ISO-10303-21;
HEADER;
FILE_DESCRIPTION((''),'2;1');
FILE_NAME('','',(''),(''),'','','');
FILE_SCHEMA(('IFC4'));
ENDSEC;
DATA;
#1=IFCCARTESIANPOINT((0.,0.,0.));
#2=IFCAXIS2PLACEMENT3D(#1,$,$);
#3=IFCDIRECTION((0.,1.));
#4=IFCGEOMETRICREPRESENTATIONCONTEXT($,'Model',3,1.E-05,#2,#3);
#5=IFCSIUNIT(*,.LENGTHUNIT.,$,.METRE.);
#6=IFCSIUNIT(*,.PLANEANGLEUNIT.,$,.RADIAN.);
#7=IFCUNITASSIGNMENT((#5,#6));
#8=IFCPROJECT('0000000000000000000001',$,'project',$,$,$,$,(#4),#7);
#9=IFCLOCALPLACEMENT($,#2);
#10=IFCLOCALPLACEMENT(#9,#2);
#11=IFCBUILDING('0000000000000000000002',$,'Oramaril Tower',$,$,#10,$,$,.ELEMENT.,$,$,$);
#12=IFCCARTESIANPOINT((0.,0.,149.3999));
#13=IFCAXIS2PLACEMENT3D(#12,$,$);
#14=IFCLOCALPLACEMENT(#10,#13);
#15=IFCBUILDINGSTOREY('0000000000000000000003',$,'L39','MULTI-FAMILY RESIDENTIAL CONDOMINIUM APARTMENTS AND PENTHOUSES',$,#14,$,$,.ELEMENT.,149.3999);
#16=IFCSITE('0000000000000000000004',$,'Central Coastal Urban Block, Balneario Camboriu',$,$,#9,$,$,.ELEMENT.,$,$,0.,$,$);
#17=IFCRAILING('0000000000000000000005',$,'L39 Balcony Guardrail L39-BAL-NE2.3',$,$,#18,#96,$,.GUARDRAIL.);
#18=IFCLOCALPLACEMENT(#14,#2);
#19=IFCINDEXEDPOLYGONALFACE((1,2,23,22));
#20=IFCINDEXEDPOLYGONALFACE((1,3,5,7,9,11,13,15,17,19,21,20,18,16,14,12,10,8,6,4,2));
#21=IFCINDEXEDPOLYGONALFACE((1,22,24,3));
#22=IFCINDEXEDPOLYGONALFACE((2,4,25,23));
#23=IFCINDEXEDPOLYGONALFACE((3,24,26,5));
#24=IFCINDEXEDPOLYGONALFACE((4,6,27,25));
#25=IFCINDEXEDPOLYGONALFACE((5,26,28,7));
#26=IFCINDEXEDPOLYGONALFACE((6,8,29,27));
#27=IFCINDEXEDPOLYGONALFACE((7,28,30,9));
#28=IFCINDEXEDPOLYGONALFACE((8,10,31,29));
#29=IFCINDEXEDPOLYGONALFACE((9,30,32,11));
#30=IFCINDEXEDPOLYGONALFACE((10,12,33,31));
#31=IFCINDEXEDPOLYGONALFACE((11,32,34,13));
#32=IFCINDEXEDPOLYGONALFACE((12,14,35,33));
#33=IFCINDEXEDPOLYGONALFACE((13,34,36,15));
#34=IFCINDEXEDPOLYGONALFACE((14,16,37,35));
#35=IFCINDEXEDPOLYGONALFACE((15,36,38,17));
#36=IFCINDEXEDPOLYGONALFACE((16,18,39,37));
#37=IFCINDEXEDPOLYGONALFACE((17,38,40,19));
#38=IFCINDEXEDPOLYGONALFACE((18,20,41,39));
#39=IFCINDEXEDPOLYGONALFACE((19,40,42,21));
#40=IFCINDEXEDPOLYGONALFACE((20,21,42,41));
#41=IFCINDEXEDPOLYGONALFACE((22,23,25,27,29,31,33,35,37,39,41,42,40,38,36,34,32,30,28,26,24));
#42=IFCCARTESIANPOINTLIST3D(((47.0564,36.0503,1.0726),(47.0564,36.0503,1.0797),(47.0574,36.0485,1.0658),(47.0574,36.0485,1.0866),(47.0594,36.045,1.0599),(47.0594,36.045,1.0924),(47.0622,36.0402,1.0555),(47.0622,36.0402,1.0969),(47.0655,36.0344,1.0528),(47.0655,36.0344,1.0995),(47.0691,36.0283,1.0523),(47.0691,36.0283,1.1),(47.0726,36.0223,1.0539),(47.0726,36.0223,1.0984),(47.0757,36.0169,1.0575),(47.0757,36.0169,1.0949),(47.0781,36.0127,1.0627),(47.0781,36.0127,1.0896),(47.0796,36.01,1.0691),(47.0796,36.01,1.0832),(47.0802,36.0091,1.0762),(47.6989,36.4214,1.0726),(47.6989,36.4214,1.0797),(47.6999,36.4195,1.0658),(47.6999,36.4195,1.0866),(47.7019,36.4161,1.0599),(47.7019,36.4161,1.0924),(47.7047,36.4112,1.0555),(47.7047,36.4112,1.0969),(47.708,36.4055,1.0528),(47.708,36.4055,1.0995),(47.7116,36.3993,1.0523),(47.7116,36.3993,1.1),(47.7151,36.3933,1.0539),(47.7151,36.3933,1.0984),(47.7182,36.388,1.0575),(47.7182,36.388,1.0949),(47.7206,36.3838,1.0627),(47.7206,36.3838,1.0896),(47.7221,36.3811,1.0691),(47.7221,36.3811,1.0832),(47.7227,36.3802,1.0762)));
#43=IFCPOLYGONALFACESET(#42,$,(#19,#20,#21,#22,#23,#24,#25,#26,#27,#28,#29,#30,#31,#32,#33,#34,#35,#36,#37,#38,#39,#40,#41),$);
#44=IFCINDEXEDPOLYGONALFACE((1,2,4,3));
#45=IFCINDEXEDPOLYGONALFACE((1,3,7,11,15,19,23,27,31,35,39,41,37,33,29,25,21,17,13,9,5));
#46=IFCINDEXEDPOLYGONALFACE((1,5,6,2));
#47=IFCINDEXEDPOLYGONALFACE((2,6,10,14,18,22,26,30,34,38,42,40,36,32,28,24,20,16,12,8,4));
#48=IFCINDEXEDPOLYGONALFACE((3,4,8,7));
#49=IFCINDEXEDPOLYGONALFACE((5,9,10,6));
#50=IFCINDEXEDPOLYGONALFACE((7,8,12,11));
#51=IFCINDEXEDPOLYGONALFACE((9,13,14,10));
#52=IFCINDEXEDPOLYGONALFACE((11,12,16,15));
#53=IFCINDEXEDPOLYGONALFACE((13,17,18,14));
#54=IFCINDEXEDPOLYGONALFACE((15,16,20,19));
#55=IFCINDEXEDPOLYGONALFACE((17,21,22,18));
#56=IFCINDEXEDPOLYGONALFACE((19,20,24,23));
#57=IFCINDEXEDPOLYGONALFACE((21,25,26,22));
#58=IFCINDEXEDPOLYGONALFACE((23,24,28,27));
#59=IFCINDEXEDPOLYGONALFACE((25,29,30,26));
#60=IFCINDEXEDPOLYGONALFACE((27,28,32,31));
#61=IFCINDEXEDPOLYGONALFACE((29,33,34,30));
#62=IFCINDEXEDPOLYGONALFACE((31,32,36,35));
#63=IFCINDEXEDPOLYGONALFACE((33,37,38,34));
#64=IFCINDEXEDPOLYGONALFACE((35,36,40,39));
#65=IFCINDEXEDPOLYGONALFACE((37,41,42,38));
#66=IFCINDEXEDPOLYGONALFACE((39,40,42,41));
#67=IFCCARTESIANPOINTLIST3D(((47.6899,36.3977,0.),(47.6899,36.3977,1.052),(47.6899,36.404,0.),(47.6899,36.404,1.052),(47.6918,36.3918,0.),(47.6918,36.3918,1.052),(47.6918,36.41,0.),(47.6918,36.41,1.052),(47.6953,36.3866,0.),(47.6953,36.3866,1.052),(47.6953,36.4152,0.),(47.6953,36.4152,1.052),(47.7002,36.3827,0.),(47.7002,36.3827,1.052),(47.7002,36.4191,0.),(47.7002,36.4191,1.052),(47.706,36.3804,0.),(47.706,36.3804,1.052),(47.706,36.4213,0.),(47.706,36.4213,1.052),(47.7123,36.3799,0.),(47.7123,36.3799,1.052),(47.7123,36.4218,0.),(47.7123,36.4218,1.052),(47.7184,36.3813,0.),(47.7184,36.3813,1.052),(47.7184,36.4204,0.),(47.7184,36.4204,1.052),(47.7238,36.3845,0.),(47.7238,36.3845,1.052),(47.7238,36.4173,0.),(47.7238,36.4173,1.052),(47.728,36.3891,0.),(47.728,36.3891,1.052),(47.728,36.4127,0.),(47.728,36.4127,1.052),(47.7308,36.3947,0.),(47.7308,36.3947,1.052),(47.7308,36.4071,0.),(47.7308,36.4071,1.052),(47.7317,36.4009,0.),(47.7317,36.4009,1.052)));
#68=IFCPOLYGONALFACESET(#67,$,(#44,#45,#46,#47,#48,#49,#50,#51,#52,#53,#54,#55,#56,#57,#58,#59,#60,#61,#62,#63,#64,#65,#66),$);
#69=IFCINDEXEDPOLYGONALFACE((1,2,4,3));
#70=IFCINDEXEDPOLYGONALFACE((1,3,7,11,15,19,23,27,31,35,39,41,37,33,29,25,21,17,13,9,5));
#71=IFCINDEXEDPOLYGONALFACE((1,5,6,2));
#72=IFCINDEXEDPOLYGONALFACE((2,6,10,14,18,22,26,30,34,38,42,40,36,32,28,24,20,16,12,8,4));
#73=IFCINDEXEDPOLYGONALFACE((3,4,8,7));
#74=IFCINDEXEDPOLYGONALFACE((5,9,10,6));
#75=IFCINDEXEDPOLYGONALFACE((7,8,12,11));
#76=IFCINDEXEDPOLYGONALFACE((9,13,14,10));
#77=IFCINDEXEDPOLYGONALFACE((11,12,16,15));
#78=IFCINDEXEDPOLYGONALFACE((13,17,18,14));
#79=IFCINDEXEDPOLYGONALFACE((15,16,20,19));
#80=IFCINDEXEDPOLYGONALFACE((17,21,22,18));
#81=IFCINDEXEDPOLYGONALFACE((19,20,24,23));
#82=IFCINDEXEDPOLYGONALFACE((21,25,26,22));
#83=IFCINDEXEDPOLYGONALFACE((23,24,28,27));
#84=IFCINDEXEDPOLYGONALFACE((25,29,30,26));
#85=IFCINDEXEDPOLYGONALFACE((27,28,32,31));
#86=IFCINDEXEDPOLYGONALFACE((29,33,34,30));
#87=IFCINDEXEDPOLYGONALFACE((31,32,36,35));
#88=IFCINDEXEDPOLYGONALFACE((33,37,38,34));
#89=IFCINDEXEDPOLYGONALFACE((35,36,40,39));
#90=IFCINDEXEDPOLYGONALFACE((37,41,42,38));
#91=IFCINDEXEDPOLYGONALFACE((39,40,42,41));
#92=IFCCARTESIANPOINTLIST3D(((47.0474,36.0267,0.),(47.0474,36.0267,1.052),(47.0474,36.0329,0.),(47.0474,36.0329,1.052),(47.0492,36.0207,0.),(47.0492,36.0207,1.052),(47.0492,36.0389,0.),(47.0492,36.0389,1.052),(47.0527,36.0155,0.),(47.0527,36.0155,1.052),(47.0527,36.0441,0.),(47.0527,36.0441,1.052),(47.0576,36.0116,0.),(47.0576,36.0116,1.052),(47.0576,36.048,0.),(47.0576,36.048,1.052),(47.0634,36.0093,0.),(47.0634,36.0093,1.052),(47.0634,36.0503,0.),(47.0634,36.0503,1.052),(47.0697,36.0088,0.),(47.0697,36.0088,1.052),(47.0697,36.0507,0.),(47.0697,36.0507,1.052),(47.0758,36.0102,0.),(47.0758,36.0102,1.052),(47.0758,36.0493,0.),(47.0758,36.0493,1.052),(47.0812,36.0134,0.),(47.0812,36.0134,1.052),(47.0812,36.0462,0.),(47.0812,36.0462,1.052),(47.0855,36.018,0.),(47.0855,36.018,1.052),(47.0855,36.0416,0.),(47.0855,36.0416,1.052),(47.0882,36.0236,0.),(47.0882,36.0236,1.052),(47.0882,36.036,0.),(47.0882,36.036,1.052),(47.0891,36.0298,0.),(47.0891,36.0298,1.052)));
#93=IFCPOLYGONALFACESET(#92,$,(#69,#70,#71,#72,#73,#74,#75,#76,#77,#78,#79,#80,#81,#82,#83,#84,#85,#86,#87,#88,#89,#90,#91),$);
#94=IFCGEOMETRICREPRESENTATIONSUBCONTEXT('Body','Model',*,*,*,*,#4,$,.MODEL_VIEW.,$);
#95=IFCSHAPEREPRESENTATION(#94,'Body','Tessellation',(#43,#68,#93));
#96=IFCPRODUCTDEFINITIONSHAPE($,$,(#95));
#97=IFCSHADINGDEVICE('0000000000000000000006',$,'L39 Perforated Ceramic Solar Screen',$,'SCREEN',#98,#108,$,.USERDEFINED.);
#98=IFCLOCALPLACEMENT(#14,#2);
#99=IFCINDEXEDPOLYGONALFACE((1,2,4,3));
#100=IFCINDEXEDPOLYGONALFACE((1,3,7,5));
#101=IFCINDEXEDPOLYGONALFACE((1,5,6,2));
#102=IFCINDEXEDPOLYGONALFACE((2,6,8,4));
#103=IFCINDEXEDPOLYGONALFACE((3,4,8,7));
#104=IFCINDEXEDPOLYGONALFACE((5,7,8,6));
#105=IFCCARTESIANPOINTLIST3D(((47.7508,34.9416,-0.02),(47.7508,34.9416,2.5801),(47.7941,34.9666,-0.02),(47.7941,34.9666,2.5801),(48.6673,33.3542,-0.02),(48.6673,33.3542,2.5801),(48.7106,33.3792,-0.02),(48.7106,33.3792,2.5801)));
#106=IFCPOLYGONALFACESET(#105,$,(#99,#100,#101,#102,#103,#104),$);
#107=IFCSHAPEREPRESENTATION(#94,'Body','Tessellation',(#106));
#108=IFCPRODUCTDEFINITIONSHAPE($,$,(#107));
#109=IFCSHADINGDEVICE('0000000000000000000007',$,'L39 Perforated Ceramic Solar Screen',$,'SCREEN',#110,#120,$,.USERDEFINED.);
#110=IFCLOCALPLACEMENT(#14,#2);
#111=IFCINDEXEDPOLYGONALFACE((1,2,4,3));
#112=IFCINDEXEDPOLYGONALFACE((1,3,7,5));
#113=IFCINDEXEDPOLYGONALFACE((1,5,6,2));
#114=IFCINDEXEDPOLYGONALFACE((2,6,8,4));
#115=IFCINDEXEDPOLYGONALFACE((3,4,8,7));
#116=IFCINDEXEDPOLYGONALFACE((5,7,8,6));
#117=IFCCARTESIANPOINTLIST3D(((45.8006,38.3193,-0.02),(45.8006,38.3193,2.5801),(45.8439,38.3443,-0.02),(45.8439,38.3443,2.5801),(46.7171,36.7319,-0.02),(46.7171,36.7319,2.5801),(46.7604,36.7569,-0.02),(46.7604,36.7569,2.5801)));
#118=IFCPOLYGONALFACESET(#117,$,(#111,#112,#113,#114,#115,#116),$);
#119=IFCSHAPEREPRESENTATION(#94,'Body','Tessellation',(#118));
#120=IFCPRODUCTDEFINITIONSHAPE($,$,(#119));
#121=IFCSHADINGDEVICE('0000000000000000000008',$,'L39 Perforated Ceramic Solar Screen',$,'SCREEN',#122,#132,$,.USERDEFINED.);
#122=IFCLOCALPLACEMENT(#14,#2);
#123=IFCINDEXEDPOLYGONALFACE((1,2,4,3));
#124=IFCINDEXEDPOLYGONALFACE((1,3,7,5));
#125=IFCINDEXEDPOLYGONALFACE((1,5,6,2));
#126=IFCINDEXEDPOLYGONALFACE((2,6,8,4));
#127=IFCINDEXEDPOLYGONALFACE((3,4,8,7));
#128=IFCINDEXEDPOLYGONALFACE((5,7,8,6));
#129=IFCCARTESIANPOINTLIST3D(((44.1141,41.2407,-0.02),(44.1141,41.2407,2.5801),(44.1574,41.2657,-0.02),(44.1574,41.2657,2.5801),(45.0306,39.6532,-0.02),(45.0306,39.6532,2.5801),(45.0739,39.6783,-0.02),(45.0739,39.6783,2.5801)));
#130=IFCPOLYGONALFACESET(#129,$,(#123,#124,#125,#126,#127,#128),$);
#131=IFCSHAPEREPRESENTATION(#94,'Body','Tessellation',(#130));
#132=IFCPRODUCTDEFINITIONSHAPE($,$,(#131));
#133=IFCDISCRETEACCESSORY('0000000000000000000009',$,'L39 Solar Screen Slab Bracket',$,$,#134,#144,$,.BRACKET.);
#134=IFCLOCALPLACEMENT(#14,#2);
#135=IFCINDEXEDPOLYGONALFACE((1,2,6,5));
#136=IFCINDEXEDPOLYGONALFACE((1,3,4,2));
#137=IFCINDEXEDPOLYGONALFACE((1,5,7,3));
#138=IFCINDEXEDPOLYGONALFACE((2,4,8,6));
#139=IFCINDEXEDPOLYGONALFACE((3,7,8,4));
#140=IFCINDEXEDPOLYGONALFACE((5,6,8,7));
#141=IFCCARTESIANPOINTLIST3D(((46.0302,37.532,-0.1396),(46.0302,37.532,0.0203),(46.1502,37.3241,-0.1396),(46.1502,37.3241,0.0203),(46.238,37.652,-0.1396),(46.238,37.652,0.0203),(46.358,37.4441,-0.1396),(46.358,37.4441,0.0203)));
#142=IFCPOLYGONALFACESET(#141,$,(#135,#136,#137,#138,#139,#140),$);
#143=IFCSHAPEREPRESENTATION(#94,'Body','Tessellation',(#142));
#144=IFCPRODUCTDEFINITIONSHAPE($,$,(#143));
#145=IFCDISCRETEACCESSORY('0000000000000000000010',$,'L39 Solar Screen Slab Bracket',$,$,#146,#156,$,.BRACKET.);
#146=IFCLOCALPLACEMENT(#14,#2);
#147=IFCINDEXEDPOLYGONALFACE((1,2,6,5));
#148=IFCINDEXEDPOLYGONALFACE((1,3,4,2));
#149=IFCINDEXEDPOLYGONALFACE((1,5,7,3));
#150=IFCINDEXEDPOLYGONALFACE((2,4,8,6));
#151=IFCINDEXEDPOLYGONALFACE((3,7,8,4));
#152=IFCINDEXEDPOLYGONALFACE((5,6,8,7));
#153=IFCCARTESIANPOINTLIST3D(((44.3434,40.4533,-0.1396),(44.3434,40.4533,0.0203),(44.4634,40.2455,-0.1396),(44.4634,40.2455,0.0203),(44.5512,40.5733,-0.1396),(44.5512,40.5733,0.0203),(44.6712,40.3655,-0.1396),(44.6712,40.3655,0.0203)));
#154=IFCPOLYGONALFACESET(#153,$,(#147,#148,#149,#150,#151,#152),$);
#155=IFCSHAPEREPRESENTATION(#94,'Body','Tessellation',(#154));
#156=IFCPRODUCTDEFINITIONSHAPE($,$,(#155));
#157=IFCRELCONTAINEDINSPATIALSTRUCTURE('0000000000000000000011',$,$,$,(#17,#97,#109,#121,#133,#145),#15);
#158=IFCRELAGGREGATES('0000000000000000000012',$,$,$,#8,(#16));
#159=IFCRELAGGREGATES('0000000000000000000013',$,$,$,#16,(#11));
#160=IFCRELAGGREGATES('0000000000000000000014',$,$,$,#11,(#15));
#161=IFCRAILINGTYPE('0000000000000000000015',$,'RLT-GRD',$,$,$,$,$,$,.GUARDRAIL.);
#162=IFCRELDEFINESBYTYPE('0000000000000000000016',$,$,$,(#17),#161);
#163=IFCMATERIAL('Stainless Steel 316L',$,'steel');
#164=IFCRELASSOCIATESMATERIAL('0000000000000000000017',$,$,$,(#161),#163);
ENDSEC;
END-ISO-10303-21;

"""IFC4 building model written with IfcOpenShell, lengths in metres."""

from ifc_helpers import new_model, si_unit, direction, frame, origin, origin_2d, place, context, subcontext, project, spatial, rectangle, circle, extrude, material, type_object, element, save


model = new_model("IFC4")

# Units and contexts
model_context = context("Model", 3, precision=1e-05, world=origin(), true_north=direction((0.0, 1.0)))
body_context = subcontext(model_context, "Body", "Model", "MODEL_VIEW")
ifc_project = project(units=[si_unit("LENGTHUNIT", "METRE"), si_unit("PLANEANGLEUNIT", "RADIAN")], contexts=[model_context])

# Site, building, storey
site_placement = place(None, origin())
site = spatial("IfcSite", under=ifc_project, at=site_placement, Name="Central Coastal Urban Block, Balneario Camboriu", CompositionType="ELEMENT", RefElevation=0.0)
building_placement = place(site_placement, origin())
building = spatial("IfcBuilding", under=site, at=building_placement, Name="Oramaril Tower", CompositionType="ELEMENT")
storey_placement = place(building_placement, frame((0.0, 0.0, 149.3999)))
storey = spatial("IfcBuildingStorey", under=building, at=storey_placement, Name="L39", Description="MULTI-FAMILY RESIDENTIAL CONDOMINIUM APARTMENTS AND PENTHOUSES", CompositionType="ELEMENT", Elevation=149.3999)

# Railing
ifc_material_1 = material(Name="Stainless Steel 316L", Category="steel")
railing_type = type_object("IfcRailingType", Name="RLT-GRD", PredefinedType="GUARDRAIL", material=ifc_material_1)
railing_1_placement = place(storey_placement, frame((47.7107, 36.4009, 0.0)))
element("IfcRailing", 1, at=railing_1_placement, inside=storey, type_object=railing_type, Name="L39 Balcony Guardrail L39-BAL-NE2.3", PredefinedType="GUARDRAIL", context=body_context, shape_type="SweptSolid", body=[
    extrude(circle(Radius=0.0239, at=origin_2d()), frame((0.0, 0.0, 1.0762), z_axis=(-0.865966, -0.500102, 0.0), x_axis=(0.500102, -0.865966, 0.0)), (0.0, 0.0, 1.0), 0.7419),
    extrude(circle(Radius=0.021, at=origin_2d()), origin(), (0.0, 0.0, 1.0), 1.052),
    extrude(circle(Radius=0.021, at=origin_2d()), frame((-0.6426, -0.3711, 0.0)), (0.0, 0.0, 1.0), 1.052),
])

# Shading devices
for number, where, z_axis, x_axis, name in (
    (2, (48.2307, 34.1604, -0.02), (0.0, 0.0, 1.0), (-0.500002, 0.866025, 0.0), "L39 Perforated Ceramic Solar Screen"),
    (3, (46.2805, 37.5381, -0.02), (0.0, 0.0, 1.0), (-0.500002, 0.866025, 0.0), "L39 Perforated Ceramic Solar Screen"),
    (4, (44.594, 40.4595, -0.02), (0.0, 0.0, 1.0), (-0.500002, 0.866025, 0.0), "L39 Perforated Ceramic Solar Screen"),
):
    element("IfcShadingDevice", number, at=place(storey_placement, frame(where, z_axis=z_axis, x_axis=x_axis)), inside=storey, Name=name, ObjectType="SCREEN", PredefinedType="USERDEFINED", context=body_context, shape_type="SweptSolid", body=[
        extrude(rectangle(XDim=1.833, YDim=0.05, at=origin_2d()), origin(), (0.0, 0.0, 1.0), 2.6001),
    ])

# Discrete accessories
for number, where, z_axis, x_axis, name in (
    (5, (46.1941, 37.488, -0.1396), (0.0, 0.0, 1.0), (-0.500002, 0.866025, 0.0), "L39 Solar Screen Slab Bracket"),
    (6, (44.5073, 40.4094, -0.1396), (0.0, 0.0, 1.0), (-0.500002, 0.866025, 0.0), "L39 Solar Screen Slab Bracket"),
):
    element("IfcDiscreteAccessory", number, at=place(storey_placement, frame(where, z_axis=z_axis, x_axis=x_axis)), inside=storey, Name=name, PredefinedType="BRACKET", context=body_context, shape_type="SweptSolid", body=[
        extrude(rectangle(XDim=0.24, YDim=0.24, at=origin_2d()), origin(), (0.0, 0.0, 1.0), 0.1599),
    ])

save(model, "model.ifc")
